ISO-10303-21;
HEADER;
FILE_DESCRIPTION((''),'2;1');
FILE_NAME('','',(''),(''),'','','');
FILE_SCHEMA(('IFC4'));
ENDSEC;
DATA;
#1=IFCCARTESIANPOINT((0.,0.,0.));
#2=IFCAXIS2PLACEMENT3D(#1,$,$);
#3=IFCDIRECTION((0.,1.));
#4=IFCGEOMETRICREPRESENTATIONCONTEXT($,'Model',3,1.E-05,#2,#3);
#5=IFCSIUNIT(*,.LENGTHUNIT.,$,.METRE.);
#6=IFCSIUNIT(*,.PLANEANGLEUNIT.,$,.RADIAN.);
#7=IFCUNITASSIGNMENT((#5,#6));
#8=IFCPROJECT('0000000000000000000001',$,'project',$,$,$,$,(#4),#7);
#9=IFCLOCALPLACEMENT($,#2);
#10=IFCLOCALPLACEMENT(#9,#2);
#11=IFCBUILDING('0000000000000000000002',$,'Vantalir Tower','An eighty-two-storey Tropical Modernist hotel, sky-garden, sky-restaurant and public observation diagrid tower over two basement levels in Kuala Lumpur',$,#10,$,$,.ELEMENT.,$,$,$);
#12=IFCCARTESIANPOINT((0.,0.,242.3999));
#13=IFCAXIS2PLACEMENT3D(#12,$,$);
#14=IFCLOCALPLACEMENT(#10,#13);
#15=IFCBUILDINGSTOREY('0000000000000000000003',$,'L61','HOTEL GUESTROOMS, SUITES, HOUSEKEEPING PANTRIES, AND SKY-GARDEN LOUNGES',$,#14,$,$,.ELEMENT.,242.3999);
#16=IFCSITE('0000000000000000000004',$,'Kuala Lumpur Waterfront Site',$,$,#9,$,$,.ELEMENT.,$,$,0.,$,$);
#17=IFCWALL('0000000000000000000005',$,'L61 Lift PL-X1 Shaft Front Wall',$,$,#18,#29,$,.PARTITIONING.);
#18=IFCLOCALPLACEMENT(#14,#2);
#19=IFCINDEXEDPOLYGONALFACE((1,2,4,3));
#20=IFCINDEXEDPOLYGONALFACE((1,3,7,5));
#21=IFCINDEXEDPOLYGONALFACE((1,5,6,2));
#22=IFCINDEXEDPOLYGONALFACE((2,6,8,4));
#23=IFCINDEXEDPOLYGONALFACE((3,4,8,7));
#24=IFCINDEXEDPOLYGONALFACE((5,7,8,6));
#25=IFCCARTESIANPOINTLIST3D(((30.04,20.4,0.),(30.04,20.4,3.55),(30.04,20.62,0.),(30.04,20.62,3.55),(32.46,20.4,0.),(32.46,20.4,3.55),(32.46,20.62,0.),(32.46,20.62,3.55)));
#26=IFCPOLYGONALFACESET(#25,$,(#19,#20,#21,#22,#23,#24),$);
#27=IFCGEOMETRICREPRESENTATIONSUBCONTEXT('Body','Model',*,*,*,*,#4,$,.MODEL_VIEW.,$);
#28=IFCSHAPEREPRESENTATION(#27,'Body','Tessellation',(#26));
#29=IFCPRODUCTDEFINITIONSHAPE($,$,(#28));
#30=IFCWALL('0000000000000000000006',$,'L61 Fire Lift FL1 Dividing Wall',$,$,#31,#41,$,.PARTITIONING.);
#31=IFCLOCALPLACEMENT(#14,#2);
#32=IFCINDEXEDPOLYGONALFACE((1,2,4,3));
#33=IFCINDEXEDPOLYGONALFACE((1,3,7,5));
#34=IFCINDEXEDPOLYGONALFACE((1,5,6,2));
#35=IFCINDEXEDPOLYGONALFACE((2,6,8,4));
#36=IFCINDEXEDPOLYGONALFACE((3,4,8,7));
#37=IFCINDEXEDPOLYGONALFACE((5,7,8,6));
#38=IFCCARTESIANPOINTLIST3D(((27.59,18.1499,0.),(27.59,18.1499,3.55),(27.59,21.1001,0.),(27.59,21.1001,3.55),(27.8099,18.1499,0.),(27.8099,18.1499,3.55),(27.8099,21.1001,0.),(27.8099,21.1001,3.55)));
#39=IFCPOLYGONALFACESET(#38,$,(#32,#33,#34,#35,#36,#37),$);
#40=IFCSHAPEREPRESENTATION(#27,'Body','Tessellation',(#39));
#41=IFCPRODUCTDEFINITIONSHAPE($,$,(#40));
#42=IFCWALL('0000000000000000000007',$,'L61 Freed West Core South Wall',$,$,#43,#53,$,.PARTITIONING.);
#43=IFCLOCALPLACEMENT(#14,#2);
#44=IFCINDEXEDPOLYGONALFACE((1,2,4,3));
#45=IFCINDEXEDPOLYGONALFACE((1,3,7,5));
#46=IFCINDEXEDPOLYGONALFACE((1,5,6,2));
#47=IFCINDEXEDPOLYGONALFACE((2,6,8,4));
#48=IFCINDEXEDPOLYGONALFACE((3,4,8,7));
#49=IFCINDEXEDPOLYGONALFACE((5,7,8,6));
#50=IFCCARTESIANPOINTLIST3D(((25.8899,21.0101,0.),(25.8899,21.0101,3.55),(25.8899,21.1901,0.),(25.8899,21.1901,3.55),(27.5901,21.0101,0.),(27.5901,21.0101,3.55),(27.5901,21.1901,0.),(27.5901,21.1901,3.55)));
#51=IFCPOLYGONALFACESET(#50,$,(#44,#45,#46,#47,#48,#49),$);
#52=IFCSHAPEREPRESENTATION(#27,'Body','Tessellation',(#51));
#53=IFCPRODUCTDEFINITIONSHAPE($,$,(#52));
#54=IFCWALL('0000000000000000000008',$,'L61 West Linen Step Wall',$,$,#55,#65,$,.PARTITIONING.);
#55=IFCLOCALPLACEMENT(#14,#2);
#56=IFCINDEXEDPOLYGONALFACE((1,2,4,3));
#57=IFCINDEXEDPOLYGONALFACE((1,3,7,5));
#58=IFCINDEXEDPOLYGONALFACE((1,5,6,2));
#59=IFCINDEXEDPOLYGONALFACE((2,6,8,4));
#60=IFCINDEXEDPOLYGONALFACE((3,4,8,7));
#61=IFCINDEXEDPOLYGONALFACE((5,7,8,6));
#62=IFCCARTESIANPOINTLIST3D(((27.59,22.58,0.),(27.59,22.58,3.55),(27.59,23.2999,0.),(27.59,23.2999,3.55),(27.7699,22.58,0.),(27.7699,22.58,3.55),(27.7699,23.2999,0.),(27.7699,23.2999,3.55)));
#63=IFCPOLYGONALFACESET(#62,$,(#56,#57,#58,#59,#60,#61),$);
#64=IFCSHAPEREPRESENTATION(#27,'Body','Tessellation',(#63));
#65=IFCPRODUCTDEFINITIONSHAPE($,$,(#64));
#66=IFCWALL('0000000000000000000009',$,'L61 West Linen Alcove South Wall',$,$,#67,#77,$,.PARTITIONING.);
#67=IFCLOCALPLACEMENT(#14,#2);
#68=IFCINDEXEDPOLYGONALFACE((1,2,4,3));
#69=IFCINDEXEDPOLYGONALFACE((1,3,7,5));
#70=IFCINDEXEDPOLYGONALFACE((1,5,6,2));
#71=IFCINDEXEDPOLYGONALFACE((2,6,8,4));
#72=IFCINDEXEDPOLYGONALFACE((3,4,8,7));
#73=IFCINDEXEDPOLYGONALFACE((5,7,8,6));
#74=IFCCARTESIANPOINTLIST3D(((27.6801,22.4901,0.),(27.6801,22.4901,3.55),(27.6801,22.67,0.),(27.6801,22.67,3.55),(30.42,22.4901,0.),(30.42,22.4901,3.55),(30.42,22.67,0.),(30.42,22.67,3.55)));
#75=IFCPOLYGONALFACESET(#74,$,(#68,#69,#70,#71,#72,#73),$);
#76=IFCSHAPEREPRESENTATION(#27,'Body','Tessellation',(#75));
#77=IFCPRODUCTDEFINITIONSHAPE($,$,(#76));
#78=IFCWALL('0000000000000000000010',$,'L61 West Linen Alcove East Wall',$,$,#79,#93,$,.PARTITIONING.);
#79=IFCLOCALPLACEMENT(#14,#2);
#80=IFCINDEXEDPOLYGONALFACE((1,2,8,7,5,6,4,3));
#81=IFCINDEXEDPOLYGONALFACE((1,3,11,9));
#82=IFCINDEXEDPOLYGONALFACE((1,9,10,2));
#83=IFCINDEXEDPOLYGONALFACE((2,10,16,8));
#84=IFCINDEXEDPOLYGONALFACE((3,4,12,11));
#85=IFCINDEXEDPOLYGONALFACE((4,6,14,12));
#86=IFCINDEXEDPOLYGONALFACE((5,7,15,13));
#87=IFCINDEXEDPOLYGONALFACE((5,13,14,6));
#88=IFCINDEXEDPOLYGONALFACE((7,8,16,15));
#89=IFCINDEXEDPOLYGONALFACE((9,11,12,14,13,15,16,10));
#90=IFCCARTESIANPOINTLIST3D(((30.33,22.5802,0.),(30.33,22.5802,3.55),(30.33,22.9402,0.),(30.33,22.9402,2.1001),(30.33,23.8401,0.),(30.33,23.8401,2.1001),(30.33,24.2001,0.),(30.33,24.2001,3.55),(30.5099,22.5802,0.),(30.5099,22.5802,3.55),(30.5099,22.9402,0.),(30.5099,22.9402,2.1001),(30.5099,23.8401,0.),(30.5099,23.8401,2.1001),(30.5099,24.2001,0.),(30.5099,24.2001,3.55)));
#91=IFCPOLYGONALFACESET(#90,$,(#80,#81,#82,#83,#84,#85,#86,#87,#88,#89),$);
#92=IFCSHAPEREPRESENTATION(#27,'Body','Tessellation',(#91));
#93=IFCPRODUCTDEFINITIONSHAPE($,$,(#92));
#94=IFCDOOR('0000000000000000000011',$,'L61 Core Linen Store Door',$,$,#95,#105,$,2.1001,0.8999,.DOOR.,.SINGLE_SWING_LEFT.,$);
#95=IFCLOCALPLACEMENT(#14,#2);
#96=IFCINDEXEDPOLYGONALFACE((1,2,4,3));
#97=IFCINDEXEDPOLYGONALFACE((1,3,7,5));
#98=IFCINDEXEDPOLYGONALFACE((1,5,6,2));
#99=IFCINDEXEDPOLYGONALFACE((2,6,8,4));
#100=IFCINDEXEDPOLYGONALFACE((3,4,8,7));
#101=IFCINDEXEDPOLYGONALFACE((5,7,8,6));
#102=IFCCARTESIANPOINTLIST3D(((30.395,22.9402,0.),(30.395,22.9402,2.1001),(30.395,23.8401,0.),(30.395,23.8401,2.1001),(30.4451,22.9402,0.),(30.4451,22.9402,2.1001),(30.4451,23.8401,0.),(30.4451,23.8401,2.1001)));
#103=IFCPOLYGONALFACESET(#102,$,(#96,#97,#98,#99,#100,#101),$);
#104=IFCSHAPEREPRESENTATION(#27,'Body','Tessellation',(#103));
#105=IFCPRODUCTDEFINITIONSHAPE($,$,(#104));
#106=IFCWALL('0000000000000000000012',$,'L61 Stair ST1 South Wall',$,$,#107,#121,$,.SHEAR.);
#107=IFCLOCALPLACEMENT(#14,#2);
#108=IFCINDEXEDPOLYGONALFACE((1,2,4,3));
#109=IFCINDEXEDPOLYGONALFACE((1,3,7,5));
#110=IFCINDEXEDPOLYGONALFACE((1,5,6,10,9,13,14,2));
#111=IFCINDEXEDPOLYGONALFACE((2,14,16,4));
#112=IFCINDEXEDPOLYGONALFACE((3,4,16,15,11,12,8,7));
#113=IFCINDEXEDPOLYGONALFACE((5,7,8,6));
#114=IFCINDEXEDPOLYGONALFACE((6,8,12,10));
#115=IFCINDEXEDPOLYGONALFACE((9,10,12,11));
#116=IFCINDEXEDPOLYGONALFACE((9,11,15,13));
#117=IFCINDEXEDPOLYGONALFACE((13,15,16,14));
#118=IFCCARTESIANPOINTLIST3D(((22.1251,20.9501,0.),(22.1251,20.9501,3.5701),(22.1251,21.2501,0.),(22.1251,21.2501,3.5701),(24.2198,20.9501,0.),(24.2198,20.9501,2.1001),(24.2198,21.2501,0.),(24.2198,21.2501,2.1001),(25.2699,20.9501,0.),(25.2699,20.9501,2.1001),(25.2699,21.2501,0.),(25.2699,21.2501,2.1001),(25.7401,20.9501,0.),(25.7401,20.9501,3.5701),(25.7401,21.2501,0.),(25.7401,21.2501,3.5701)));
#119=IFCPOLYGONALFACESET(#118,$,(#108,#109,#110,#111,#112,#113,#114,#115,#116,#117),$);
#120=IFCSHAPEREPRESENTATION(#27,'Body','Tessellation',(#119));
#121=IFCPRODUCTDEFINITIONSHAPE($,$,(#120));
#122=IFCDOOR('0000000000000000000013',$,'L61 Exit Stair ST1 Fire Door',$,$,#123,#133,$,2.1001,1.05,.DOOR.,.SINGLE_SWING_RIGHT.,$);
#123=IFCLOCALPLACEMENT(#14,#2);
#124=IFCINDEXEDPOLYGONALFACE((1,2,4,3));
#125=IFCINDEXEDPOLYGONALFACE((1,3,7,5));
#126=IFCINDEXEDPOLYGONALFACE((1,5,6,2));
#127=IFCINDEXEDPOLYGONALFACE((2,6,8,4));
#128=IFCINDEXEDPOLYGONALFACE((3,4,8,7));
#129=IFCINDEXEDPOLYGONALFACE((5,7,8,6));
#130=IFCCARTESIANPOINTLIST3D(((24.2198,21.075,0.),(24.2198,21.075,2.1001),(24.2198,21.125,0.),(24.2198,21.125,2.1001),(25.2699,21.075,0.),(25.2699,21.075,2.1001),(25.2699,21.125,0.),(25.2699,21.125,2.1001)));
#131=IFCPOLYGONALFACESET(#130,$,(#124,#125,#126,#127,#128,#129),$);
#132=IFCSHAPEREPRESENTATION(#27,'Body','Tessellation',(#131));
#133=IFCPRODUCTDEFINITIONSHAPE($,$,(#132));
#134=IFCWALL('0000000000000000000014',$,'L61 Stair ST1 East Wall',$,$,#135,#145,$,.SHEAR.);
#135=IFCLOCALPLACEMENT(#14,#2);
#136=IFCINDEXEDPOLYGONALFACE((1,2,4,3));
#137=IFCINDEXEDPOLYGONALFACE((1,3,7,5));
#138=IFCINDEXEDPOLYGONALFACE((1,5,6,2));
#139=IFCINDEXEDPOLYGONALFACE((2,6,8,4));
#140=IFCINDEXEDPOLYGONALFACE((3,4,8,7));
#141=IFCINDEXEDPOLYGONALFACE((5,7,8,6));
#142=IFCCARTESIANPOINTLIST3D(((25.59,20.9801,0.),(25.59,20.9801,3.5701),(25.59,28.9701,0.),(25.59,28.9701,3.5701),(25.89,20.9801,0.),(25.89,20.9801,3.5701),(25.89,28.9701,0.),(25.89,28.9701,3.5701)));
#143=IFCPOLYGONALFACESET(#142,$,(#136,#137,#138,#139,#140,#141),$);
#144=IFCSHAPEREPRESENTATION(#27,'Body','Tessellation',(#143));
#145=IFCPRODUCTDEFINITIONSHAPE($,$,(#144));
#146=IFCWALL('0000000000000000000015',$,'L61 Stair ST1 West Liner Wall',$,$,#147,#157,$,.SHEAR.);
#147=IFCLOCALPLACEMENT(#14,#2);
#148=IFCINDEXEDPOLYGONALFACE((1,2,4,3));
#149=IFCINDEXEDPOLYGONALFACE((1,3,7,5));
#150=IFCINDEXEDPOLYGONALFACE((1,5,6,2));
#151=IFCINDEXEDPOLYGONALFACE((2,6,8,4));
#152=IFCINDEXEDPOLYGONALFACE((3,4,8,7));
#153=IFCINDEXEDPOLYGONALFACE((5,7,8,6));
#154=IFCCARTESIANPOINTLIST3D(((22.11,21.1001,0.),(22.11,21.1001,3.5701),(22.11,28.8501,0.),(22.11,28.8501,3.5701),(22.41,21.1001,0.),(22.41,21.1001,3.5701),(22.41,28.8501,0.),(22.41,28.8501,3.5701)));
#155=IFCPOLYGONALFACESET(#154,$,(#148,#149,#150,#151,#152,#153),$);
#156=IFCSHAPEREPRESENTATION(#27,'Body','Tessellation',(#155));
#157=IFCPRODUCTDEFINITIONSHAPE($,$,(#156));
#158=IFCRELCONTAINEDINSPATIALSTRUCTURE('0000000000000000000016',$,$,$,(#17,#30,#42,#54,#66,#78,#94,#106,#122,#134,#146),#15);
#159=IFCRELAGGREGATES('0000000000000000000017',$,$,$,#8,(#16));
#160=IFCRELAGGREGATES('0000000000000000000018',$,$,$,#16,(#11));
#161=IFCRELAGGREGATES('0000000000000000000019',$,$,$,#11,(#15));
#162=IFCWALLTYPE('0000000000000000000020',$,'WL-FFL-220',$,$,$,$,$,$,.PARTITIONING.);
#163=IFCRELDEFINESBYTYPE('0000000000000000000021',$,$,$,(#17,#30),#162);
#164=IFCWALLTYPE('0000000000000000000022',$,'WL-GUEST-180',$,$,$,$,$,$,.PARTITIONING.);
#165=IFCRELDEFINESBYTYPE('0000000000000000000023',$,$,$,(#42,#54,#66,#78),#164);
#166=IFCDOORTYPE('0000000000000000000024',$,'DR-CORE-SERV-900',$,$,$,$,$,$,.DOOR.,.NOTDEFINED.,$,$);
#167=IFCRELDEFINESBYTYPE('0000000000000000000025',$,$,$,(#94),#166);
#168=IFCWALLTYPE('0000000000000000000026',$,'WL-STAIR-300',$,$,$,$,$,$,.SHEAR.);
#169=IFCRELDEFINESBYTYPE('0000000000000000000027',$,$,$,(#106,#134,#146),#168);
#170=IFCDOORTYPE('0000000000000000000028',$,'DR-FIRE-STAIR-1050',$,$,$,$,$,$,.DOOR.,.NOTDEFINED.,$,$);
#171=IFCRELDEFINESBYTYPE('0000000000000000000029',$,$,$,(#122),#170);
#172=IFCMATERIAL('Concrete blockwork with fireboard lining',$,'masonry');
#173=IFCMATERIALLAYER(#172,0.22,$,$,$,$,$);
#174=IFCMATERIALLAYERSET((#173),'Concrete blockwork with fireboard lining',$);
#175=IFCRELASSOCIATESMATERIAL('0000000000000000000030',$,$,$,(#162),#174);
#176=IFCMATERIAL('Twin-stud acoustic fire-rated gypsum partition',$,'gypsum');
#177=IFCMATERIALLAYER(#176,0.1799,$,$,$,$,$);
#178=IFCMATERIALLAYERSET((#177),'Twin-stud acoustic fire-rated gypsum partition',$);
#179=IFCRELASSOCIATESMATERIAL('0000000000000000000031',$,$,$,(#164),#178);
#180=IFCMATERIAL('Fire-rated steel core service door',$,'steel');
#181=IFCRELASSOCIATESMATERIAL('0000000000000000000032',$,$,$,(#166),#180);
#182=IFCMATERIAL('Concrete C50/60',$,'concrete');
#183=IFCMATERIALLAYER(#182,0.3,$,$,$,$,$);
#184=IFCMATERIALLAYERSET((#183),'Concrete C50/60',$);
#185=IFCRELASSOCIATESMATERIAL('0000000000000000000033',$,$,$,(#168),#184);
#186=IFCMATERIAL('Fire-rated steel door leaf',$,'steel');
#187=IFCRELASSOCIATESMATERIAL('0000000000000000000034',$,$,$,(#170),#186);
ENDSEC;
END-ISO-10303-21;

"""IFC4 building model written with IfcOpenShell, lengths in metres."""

from ifc_helpers import new_model, si_unit, direction, frame, frame_2d, origin, place, context, subcontext, project, spatial, rectangle, extrude, material, layer, layer_set, type_object, element, fill, save


model = new_model("IFC4")

# Units and contexts
model_context = context("Model", 3, precision=1e-05, world=origin(), true_north=direction((0.0, 1.0)))
body_context = subcontext(model_context, "Body", "Model", "MODEL_VIEW")
ifc_project = project(units=[si_unit("LENGTHUNIT", "METRE"), si_unit("PLANEANGLEUNIT", "RADIAN")], contexts=[model_context])

# Site, building, storey
site_placement = place(None, origin())
site = spatial("IfcSite", under=ifc_project, at=site_placement, Name="Kuala Lumpur Waterfront Site", CompositionType="ELEMENT", RefElevation=0.0)
building_placement = place(site_placement, origin())
building = spatial("IfcBuilding", under=site, at=building_placement, Name="Vantalir Tower", Description="An eighty-two-storey Tropical Modernist hotel, sky-garden, sky-restaurant and public observation diagrid tower over two basement levels in Kuala Lumpur", CompositionType="ELEMENT")
storey_placement = place(building_placement, frame((0.0, 0.0, 242.3999)))
storey = spatial("IfcBuildingStorey", under=building, at=storey_placement, Name="L61", Description="HOTEL GUESTROOMS, SUITES, HOUSEKEEPING PANTRIES, AND SKY-GARDEN LOUNGES", CompositionType="ELEMENT", Elevation=242.3999)

# Shared definitions
ifc_material_1 = material(Name="Concrete C50/60", Category="concrete")

# Shared definitions
ifc_material_2 = material(Name="Concrete blockwork with fireboard lining", Category="masonry")
ifc_layer_1 = layer(ifc_material_2, 0.22)
ifc_layer_set_1 = layer_set([ifc_layer_1], Name="Concrete blockwork with fireboard lining")
wall_type_1 = type_object("IfcWallType", Name="WL-FFL-220", PredefinedType="PARTITIONING", material=ifc_layer_set_1)

# Walls
wall_1_placement = place(storey_placement, frame((30.04, 20.51, 0.0), z_axis=(0.0, 0.0, 1.0), x_axis=(1.0, 0.0, 0.0)))
element("IfcWall", 1, at=wall_1_placement, inside=storey, type_object=wall_type_1, Name="L61 Lift PL-X1 Shaft Front Wall", PredefinedType="PARTITIONING", context=body_context, shape_type="SweptSolid", body=[
    extrude(rectangle(XDim=2.4199, YDim=0.22, at=frame_2d((1.21, 0.0))), origin(), (0.0, 0.0, 1.0), 3.55),
])
wall_2_placement = place(storey_placement, frame((27.7, 18.1499, 0.0), z_axis=(0.0, 0.0, 1.0), x_axis=(0.0, 1.0, 0.0)))
element("IfcWall", 2, at=wall_2_placement, inside=storey, type_object=wall_type_1, Name="L61 Fire Lift FL1 Dividing Wall", PredefinedType="PARTITIONING", context=body_context, shape_type="SweptSolid", body=[
    extrude(rectangle(XDim=2.9502, YDim=0.22, at=frame_2d((1.4751, 0.0))), origin(), (0.0, 0.0, 1.0), 3.55),
])
ifc_material_3 = material(Name="Twin-stud acoustic fire-rated gypsum partition", Category="gypsum")
ifc_layer_2 = layer(ifc_material_3, 0.1799)
ifc_layer_set_2 = layer_set([ifc_layer_2], Name="Twin-stud acoustic fire-rated gypsum partition")
wall_type_2 = type_object("IfcWallType", Name="WL-GUEST-180", PredefinedType="PARTITIONING", material=ifc_layer_set_2)
wall_3_placement = place(storey_placement, frame((25.8899, 21.1001, 0.0), z_axis=(0.0, 0.0, 1.0), x_axis=(1.0, 0.0, 0.0)))
element("IfcWall", 3, at=wall_3_placement, inside=storey, type_object=wall_type_2, Name="L61 Freed West Core South Wall", PredefinedType="PARTITIONING", context=body_context, shape_type="SweptSolid", body=[
    extrude(rectangle(XDim=1.7002, YDim=0.1799, at=frame_2d((0.8501, 0.0))), origin(), (0.0, 0.0, 1.0), 3.55),
])
wall_4_placement = place(storey_placement, frame((27.6799, 22.5801, 0.0), z_axis=(0.0, 0.0, 1.0), x_axis=(0.0, 1.0, 0.0)))
element("IfcWall", 4, at=wall_4_placement, inside=storey, type_object=wall_type_2, Name="L61 West Linen Step Wall", PredefinedType="PARTITIONING", context=body_context, shape_type="SweptSolid", body=[
    extrude(rectangle(XDim=0.72, YDim=0.1799, at=frame_2d((0.3599, 0.0))), origin(), (0.0, 0.0, 1.0), 3.55),
])
wall_5_placement = place(storey_placement, frame((27.6799, 22.5801, 0.0), z_axis=(0.0, 0.0, 1.0), x_axis=(1.0, 0.0, 0.0)))
element("IfcWall", 5, at=wall_5_placement, inside=storey, type_object=wall_type_2, Name="L61 West Linen Alcove South Wall", PredefinedType="PARTITIONING", context=body_context, shape_type="SweptSolid", body=[
    extrude(rectangle(XDim=2.74, YDim=0.1799, at=frame_2d((1.3701, 0.0))), origin(), (0.0, 0.0, 1.0), 3.55),
])

# Walls, openings, doors
wall_6_placement = place(storey_placement, frame((30.4199, 22.5801, 0.0), z_axis=(0.0, 0.0, 1.0), x_axis=(0.0, 1.0, 0.0)))
wall_6 = element("IfcWall", 6, at=wall_6_placement, inside=storey, type_object=wall_type_2, Name="L61 West Linen Alcove East Wall", PredefinedType="PARTITIONING", context=body_context, shape_type="SweptSolid", body=[
    extrude(rectangle(XDim=1.6199, YDim=0.1799, at=frame_2d((0.8101, 0.0))), origin(), (0.0, 0.0, 1.0), 3.55),
])
opening_1_placement = place(wall_6_placement, frame((0.3601, 0.0, 0.0)))
opening_1 = element("IfcOpeningElement", 7, at=opening_1_placement, cuts=wall_6, PredefinedType="OPENING", context=body_context, shape_type="SweptSolid", body=[
    extrude(rectangle(XDim=0.8999, YDim=2.1001, at=frame_2d((0.45, 1.05))), frame((0.0, 0.0999, 0.0), z_axis=(0.0, -1.0, 0.0), x_axis=(1.0, 0.0, 0.0)), (0.0, 0.0, 1.0), 0.2),
])
ifc_material_4 = material(Name="Fire-rated steel core service door", Category="steel")
door_type_1 = type_object("IfcDoorType", Name="DR-CORE-SERV-900", OperationType="NOTDEFINED", PredefinedType="DOOR", material=ifc_material_4)
door_1_placement = place(opening_1_placement, origin())
door_1 = element("IfcDoor", 8, at=door_1_placement, inside=storey, type_object=door_type_1, Name="L61 Core Linen Store Door", OperationType="SINGLE_SWING_LEFT", OverallHeight=2.1001, OverallWidth=0.8999, PredefinedType="DOOR", context=body_context, shape_type="SweptSolid", body=[
    extrude(rectangle(XDim=0.8999, YDim=2.1001, at=frame_2d((0.45, 1.05))), frame((0.0, 0.0249, 0.0), z_axis=(0.0, -1.0, 0.0), x_axis=(1.0, 0.0, 0.0)), (0.0, 0.0, 1.0), 0.05),
])
fill(opening_1, door_1)
ifc_layer_3 = layer(ifc_material_1, 0.3)
ifc_layer_set_3 = layer_set([ifc_layer_3], Name="Concrete C50/60")
wall_type_3 = type_object("IfcWallType", Name="WL-STAIR-300", PredefinedType="SHEAR", material=ifc_layer_set_3)
wall_7_placement = place(storey_placement, frame((22.125, 21.1001, 0.0), z_axis=(0.0, 0.0, 1.0), x_axis=(1.0, 0.0, 0.0)))
wall_7 = element("IfcWall", 9, at=wall_7_placement, inside=storey, type_object=wall_type_3, Name="L61 Stair ST1 South Wall", PredefinedType="SHEAR", context=body_context, shape_type="SweptSolid", body=[
    extrude(rectangle(XDim=3.615, YDim=0.3, at=frame_2d((1.8076, 0.0))), origin(), (0.0, 0.0, 1.0), 3.5701),
])
opening_2_placement = place(wall_7_placement, frame((2.095, 0.0, 0.0)))
opening_2 = element("IfcOpeningElement", 10, at=opening_2_placement, cuts=wall_7, PredefinedType="OPENING", context=body_context, shape_type="SweptSolid", body=[
    extrude(rectangle(XDim=1.05, YDim=2.1001, at=frame_2d((0.5249, 1.05))), frame((0.0, 0.1599, 0.0), z_axis=(0.0, -1.0, 0.0), x_axis=(1.0, 0.0, 0.0)), (0.0, 0.0, 1.0), 0.3201),
])
ifc_material_5 = material(Name="Fire-rated steel door leaf", Category="steel")
door_type_2 = type_object("IfcDoorType", Name="DR-FIRE-STAIR-1050", OperationType="NOTDEFINED", PredefinedType="DOOR", material=ifc_material_5)
door_2_placement = place(opening_2_placement, origin())
door_2 = element("IfcDoor", 11, at=door_2_placement, inside=storey, type_object=door_type_2, Name="L61 Exit Stair ST1 Fire Door", OperationType="SINGLE_SWING_RIGHT", OverallHeight=2.1001, OverallWidth=1.05, PredefinedType="DOOR", context=body_context, shape_type="SweptSolid", body=[
    extrude(rectangle(XDim=1.05, YDim=2.1001, at=frame_2d((0.5249, 1.05))), frame((0.0, 0.0249, 0.0), z_axis=(0.0, -1.0, 0.0), x_axis=(1.0, 0.0, 0.0)), (0.0, 0.0, 1.0), 0.05),
])
fill(opening_2, door_2)

# Walls
wall_8_placement = place(storey_placement, frame((25.74, 20.98, 0.0), z_axis=(0.0, 0.0, 1.0), x_axis=(0.0, 1.0, 0.0)))
element("IfcWall", 12, at=wall_8_placement, inside=storey, type_object=wall_type_3, Name="L61 Stair ST1 East Wall", PredefinedType="SHEAR", context=body_context, shape_type="SweptSolid", body=[
    extrude(rectangle(XDim=7.99, YDim=0.3, at=frame_2d((3.9951, 0.0))), origin(), (0.0, 0.0, 1.0), 3.5701),
])
wall_9_placement = place(storey_placement, frame((22.26, 21.1001, 0.0), z_axis=(0.0, 0.0, 1.0), x_axis=(0.0, 1.0, 0.0)))
element("IfcWall", 13, at=wall_9_placement, inside=storey, type_object=wall_type_3, Name="L61 Stair ST1 West Liner Wall", PredefinedType="SHEAR", context=body_context, shape_type="SweptSolid", body=[
    extrude(rectangle(XDim=7.75, YDim=0.3, at=frame_2d((3.875, 0.0))), origin(), (0.0, 0.0, 1.0), 3.5701),
])

save(model, "model.ifc")
